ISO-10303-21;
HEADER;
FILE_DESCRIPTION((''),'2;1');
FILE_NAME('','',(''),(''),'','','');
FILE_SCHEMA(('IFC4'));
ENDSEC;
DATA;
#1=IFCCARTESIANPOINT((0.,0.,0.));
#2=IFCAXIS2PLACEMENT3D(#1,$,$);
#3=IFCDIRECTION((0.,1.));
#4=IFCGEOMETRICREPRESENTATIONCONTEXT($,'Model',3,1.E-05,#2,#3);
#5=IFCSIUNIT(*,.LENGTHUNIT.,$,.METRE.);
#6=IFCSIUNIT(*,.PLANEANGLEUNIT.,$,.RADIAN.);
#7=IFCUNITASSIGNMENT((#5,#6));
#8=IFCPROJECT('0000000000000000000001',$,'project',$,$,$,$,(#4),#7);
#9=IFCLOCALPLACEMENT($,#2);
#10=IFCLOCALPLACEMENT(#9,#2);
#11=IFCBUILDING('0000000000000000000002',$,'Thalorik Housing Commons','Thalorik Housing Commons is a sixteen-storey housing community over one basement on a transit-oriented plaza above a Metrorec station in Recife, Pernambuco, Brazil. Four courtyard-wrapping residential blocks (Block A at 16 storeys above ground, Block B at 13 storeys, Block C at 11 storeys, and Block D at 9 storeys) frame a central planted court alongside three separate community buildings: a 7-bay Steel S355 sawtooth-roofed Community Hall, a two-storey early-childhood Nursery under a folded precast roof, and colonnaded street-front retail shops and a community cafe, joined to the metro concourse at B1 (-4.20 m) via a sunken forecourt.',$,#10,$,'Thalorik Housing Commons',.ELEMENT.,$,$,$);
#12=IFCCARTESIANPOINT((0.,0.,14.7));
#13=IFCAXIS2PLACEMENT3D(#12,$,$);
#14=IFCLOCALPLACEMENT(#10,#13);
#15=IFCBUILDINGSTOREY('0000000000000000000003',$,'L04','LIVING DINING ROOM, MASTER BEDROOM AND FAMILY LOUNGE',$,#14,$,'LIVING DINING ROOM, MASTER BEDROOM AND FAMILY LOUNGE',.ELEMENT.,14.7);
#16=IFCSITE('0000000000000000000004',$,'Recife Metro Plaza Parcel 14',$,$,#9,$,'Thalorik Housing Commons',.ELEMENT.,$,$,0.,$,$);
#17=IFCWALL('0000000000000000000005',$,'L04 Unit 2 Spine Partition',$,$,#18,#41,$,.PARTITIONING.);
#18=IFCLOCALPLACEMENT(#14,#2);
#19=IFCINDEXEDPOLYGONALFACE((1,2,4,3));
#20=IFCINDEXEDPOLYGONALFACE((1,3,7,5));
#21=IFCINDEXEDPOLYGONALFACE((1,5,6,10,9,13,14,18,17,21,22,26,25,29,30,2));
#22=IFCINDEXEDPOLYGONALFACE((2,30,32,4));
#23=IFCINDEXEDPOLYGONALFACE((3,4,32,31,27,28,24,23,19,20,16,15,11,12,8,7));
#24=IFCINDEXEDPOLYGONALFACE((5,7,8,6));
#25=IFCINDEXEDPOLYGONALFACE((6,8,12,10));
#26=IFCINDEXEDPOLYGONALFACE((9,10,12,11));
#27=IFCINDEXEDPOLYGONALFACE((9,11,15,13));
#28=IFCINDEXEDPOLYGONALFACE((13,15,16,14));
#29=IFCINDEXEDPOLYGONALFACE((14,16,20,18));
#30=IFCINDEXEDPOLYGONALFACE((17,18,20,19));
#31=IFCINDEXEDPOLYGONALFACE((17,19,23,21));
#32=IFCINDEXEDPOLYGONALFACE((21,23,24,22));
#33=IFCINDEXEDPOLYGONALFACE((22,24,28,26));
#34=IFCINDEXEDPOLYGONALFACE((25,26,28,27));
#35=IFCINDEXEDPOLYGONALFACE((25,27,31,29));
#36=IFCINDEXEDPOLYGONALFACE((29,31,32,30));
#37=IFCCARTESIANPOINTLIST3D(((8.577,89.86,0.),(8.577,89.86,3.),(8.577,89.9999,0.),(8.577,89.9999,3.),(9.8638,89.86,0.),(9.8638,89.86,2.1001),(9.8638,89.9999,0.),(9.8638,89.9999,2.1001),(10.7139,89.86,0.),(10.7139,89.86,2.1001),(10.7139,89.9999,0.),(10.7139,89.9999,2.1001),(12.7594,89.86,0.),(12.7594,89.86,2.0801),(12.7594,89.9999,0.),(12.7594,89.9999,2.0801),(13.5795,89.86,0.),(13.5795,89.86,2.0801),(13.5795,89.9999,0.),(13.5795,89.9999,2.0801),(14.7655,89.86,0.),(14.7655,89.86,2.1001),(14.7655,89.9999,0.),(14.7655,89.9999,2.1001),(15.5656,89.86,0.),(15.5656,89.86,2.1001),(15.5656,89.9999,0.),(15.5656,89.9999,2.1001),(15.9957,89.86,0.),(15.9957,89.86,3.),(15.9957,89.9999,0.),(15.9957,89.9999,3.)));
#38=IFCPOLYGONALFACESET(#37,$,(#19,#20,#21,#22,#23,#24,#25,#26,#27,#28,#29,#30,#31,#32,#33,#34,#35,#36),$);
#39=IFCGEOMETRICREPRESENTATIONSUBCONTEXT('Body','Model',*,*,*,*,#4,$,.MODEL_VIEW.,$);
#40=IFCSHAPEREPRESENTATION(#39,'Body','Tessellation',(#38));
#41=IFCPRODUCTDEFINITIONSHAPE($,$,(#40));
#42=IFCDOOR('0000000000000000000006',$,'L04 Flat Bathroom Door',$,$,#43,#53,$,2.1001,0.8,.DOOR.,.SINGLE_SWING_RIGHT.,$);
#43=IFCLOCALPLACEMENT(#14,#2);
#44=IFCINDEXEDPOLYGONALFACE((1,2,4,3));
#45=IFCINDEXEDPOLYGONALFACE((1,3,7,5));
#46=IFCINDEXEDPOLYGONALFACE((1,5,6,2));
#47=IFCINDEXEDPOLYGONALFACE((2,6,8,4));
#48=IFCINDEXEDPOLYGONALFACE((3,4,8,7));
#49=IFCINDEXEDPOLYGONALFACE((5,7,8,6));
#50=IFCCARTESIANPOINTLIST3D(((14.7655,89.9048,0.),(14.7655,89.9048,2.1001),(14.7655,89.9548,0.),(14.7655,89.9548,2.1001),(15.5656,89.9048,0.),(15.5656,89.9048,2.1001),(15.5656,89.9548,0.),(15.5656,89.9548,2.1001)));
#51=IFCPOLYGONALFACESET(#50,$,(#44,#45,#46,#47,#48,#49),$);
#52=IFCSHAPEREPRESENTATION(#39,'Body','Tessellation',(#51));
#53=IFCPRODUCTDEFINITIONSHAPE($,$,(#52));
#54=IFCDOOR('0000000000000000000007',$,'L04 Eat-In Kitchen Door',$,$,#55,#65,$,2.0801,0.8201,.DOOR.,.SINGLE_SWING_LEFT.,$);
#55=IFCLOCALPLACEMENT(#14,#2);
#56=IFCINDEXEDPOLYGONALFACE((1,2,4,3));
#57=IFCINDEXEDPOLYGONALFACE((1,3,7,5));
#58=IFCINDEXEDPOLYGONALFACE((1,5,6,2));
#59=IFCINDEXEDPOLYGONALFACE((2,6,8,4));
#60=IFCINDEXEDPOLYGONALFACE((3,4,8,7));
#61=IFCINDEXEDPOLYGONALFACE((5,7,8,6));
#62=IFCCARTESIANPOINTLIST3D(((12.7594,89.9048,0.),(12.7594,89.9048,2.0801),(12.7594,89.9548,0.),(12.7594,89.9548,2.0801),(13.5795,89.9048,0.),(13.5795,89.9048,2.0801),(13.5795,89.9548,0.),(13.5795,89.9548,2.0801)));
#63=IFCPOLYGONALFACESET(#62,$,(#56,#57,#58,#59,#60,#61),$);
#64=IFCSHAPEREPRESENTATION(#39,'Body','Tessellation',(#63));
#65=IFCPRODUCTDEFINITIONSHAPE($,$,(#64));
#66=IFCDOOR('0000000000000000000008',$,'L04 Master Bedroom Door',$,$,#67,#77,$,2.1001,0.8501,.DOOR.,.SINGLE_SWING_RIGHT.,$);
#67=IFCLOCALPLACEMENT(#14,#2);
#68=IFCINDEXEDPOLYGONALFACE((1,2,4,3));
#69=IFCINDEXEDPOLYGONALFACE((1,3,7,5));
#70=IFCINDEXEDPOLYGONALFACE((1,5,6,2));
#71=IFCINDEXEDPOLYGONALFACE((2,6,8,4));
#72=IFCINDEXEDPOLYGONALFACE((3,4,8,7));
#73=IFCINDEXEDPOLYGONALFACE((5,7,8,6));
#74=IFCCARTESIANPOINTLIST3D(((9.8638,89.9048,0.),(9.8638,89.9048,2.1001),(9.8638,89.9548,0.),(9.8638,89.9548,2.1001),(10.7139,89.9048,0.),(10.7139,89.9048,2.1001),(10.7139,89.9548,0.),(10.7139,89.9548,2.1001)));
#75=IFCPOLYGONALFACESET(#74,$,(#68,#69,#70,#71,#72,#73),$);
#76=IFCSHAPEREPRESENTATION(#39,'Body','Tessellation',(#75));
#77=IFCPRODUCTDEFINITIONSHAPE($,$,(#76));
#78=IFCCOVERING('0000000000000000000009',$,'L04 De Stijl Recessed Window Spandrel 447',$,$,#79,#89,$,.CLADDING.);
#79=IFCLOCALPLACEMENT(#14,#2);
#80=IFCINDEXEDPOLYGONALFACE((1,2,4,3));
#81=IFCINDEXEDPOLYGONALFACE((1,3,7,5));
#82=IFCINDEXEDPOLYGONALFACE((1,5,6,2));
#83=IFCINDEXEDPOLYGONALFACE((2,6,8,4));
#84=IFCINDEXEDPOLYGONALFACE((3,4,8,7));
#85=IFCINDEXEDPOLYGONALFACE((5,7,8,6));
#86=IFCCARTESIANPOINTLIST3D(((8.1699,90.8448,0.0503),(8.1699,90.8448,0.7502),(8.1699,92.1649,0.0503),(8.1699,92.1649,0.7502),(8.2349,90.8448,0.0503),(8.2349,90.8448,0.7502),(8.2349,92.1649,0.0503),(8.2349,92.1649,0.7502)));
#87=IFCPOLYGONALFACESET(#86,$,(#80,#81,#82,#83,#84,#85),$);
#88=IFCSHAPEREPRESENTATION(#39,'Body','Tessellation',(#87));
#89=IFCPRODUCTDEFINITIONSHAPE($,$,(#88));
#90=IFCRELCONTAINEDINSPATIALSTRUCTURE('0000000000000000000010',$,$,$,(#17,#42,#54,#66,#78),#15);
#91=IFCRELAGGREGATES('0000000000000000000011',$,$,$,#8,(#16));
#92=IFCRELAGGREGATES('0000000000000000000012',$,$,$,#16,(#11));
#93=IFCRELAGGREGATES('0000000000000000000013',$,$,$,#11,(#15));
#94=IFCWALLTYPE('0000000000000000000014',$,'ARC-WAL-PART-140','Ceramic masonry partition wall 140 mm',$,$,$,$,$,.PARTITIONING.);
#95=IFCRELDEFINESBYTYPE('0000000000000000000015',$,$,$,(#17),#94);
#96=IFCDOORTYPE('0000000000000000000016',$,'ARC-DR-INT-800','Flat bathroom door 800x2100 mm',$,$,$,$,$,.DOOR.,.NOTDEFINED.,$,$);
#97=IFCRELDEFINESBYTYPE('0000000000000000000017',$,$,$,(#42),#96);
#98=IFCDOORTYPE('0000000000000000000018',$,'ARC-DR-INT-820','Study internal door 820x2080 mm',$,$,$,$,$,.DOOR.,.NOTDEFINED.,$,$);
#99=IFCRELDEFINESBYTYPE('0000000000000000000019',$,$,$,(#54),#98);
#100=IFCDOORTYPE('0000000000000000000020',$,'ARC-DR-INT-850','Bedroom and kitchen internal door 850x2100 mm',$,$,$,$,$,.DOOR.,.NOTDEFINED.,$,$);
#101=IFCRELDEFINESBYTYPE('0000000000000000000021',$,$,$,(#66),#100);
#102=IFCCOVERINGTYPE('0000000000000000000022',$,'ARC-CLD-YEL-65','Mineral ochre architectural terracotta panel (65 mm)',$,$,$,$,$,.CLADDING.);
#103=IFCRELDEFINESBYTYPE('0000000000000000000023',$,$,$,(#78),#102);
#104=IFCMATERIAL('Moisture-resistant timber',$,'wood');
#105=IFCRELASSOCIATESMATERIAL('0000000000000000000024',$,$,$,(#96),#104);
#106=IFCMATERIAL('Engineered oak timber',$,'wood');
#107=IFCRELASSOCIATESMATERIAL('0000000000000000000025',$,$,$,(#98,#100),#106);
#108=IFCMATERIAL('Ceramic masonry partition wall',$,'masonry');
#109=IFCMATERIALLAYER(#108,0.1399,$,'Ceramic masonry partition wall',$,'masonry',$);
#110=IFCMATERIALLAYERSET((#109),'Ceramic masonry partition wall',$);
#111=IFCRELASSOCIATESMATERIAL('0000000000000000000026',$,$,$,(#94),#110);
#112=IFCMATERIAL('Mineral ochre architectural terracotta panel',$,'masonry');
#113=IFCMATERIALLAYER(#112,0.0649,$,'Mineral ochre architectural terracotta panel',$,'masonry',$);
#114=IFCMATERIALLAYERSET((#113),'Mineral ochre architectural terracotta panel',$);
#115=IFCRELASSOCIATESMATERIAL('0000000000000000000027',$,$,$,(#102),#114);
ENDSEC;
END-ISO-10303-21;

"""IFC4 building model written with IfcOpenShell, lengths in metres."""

from ifc_helpers import new_model, si_unit, direction, frame, frame_2d, origin, origin_2d, place, context, subcontext, project, spatial, rectangle, extrude, material, layer, layer_set, type_object, element, fill, save


model = new_model("IFC4")

# Units and contexts
model_context = context("Model", 3, precision=1e-05, world=origin(), true_north=direction((0.0, 1.0)))
body_context = subcontext(model_context, "Body", "Model", "MODEL_VIEW")
ifc_project = project(units=[si_unit("LENGTHUNIT", "METRE"), si_unit("PLANEANGLEUNIT", "RADIAN")], contexts=[model_context])

# Site, building, storey
site_placement = place(None, origin())
site = spatial("IfcSite", under=ifc_project, at=site_placement, Name="Recife Metro Plaza Parcel 14", LongName="Thalorik Housing Commons", CompositionType="ELEMENT", RefElevation=0.0)
building_placement = place(site_placement, origin())
building = spatial("IfcBuilding", under=site, at=building_placement, Name="Thalorik Housing Commons", Description="Thalorik Housing Commons is a sixteen-storey housing community over one basement on a transit-oriented plaza above a Metrorec station in Recife, Pernambuco, Brazil. Four courtyard-wrapping residential blocks (Block A at 16 storeys above ground, Block B at 13 storeys, Block C at 11 storeys, and Block D at 9 storeys) frame a central planted court alongside three separate community buildings: a 7-bay Steel S355 sawtooth-roofed Community Hall, a two-storey early-childhood Nursery under a folded precast roof, and colonnaded street-front retail shops and a community cafe, joined to the metro concourse at B1 (-4.20 m) via a sunken forecourt.", LongName="Thalorik Housing Commons", CompositionType="ELEMENT")
storey_placement = place(building_placement, frame((0.0, 0.0, 14.7)))
storey = spatial("IfcBuildingStorey", under=building, at=storey_placement, Name="L04", Description="LIVING DINING ROOM, MASTER BEDROOM AND FAMILY LOUNGE", LongName="LIVING DINING ROOM, MASTER BEDROOM AND FAMILY LOUNGE", CompositionType="ELEMENT", Elevation=14.7)

# Shared definitions
ifc_material_1 = material(Name="Moisture-resistant timber", Category="wood")
door_type_1 = type_object("IfcDoorType", Name="ARC-DR-INT-800", Description="Flat bathroom door 800x2100 mm", OperationType="NOTDEFINED", PredefinedType="DOOR", material=ifc_material_1)
ifc_material_2 = material(Name="Engineered oak timber", Category="wood")
door_type_2 = type_object("IfcDoorType", Name="ARC-DR-INT-820", Description="Study internal door 820x2080 mm", OperationType="NOTDEFINED", PredefinedType="DOOR", material=ifc_material_2)
door_type_3 = type_object("IfcDoorType", Name="ARC-DR-INT-850", Description="Bedroom and kitchen internal door 850x2100 mm", OperationType="NOTDEFINED", PredefinedType="DOOR", material=ifc_material_2)

# Wall, openings, doors
ifc_material_3 = material(Name="Ceramic masonry partition wall", Category="masonry")
ifc_layer_1 = layer(ifc_material_3, 0.1399, Name="Ceramic masonry partition wall", Category="masonry")
ifc_layer_set_1 = layer_set([ifc_layer_1], Name="Ceramic masonry partition wall")
wall_type_1 = type_object("IfcWallType", Name="ARC-WAL-PART-140", Description="Ceramic masonry partition wall 140 mm", PredefinedType="PARTITIONING", material=ifc_layer_set_1)
wall_1_placement = place(storey_placement, frame((8.5769, 89.9299, 0.0), z_axis=(0.0, 0.0, 1.0), x_axis=(1.0, 0.0, 0.0)))
wall_1 = element("IfcWall", 1, at=wall_1_placement, inside=storey, type_object=wall_type_1, Name="L04 Unit 2 Spine Partition", PredefinedType="PARTITIONING", context=body_context, shape_type="SweptSolid", body=[
    extrude(rectangle(XDim=7.4187, YDim=0.1399, at=frame_2d((3.7095, 0.0))), origin(), (0.0, 0.0, 1.0), 3.0),
])
opening_1_placement = place(wall_1_placement, frame((1.2869, 0.0, 0.0)))
opening_1 = element("IfcOpeningElement", 2, at=opening_1_placement, cuts=wall_1, PredefinedType="OPENING", context=body_context, shape_type="SweptSolid", body=[
    extrude(rectangle(XDim=0.8501, YDim=2.1001, at=frame_2d((0.425, 1.05))), frame((0.0, 0.0801, 0.0), z_axis=(0.0, -1.0, 0.0), x_axis=(1.0, 0.0, 0.0)), (0.0, 0.0, 1.0), 0.1599),
])
opening_2_placement = place(wall_1_placement, frame((4.1824, 0.0, 0.0)))
opening_2 = element("IfcOpeningElement", 3, at=opening_2_placement, cuts=wall_1, PredefinedType="OPENING", context=body_context, shape_type="SweptSolid", body=[
    extrude(rectangle(XDim=0.8201, YDim=2.0801, at=frame_2d((0.4102, 1.04))), frame((0.0, 0.0801, 0.0), z_axis=(0.0, -1.0, 0.0), x_axis=(1.0, 0.0, 0.0)), (0.0, 0.0, 1.0), 0.1599),
])
opening_3_placement = place(wall_1_placement, frame((6.1887, 0.0, 0.0)))
opening_3 = element("IfcOpeningElement", 4, at=opening_3_placement, cuts=wall_1, PredefinedType="OPENING", context=body_context, shape_type="SweptSolid", body=[
    extrude(rectangle(XDim=0.8, YDim=2.1001, at=frame_2d((0.3999, 1.05))), frame((0.0, 0.0801, 0.0), z_axis=(0.0, -1.0, 0.0), x_axis=(1.0, 0.0, 0.0)), (0.0, 0.0, 1.0), 0.1599),
])
door_1_placement = place(opening_3_placement, origin())
door_1 = element("IfcDoor", 5, at=door_1_placement, inside=storey, type_object=door_type_1, Name="L04 Flat Bathroom Door", OperationType="SINGLE_SWING_RIGHT", OverallHeight=2.1001, OverallWidth=0.8, PredefinedType="DOOR", context=body_context, shape_type="SweptSolid", body=[
    extrude(rectangle(XDim=0.8, YDim=2.1001, at=frame_2d((0.3999, 1.05))), frame((0.0, 0.0249, 0.0), z_axis=(0.0, -1.0, 0.0), x_axis=(1.0, 0.0, 0.0)), (0.0, 0.0, 1.0), 0.05),
])
fill(opening_3, door_1)
door_2_placement = place(opening_2_placement, origin())
door_2 = element("IfcDoor", 6, at=door_2_placement, inside=storey, type_object=door_type_2, Name="L04 Eat-In Kitchen Door", OperationType="SINGLE_SWING_LEFT", OverallHeight=2.0801, OverallWidth=0.8201, PredefinedType="DOOR", context=body_context, shape_type="SweptSolid", body=[
    extrude(rectangle(XDim=0.8201, YDim=2.0801, at=frame_2d((0.4102, 1.04))), frame((0.0, 0.0249, 0.0), z_axis=(0.0, -1.0, 0.0), x_axis=(1.0, 0.0, 0.0)), (0.0, 0.0, 1.0), 0.05),
])
fill(opening_2, door_2)
door_3_placement = place(opening_1_placement, origin())
door_3 = element("IfcDoor", 7, at=door_3_placement, inside=storey, type_object=door_type_3, Name="L04 Master Bedroom Door", OperationType="SINGLE_SWING_RIGHT", OverallHeight=2.1001, OverallWidth=0.8501, PredefinedType="DOOR", context=body_context, shape_type="SweptSolid", body=[
    extrude(rectangle(XDim=0.8501, YDim=2.1001, at=frame_2d((0.425, 1.05))), frame((0.0, 0.0249, 0.0), z_axis=(0.0, -1.0, 0.0), x_axis=(1.0, 0.0, 0.0)), (0.0, 0.0, 1.0), 0.05),
])
fill(opening_1, door_3)

# Covering
ifc_material_4 = material(Name="Mineral ochre architectural terracotta panel", Category="masonry")
ifc_layer_2 = layer(ifc_material_4, 0.0649, Name="Mineral ochre architectural terracotta panel", Category="masonry")
ifc_layer_set_2 = layer_set([ifc_layer_2], Name="Mineral ochre architectural terracotta panel")
covering_type_1 = type_object("IfcCoveringType", Name="ARC-CLD-YEL-65", Description="Mineral ochre architectural terracotta panel (65 mm)", PredefinedType="CLADDING", material=ifc_layer_set_2)
covering_1_placement = place(storey_placement, frame((8.2024, 91.5049, 0.0503), z_axis=(0.0, 0.0, 1.0), x_axis=(0.0, -1.0, 0.0)))
element("IfcCovering", 8, at=covering_1_placement, inside=storey, type_object=covering_type_1, Name="L04 De Stijl Recessed Window Spandrel 447", PredefinedType="CLADDING", context=body_context, shape_type="SweptSolid", body=[
    extrude(rectangle(XDim=1.3201, YDim=0.0649, at=origin_2d()), origin(), (0.0, 0.0, 1.0), 0.7),
])

save(model, "model.ifc")
